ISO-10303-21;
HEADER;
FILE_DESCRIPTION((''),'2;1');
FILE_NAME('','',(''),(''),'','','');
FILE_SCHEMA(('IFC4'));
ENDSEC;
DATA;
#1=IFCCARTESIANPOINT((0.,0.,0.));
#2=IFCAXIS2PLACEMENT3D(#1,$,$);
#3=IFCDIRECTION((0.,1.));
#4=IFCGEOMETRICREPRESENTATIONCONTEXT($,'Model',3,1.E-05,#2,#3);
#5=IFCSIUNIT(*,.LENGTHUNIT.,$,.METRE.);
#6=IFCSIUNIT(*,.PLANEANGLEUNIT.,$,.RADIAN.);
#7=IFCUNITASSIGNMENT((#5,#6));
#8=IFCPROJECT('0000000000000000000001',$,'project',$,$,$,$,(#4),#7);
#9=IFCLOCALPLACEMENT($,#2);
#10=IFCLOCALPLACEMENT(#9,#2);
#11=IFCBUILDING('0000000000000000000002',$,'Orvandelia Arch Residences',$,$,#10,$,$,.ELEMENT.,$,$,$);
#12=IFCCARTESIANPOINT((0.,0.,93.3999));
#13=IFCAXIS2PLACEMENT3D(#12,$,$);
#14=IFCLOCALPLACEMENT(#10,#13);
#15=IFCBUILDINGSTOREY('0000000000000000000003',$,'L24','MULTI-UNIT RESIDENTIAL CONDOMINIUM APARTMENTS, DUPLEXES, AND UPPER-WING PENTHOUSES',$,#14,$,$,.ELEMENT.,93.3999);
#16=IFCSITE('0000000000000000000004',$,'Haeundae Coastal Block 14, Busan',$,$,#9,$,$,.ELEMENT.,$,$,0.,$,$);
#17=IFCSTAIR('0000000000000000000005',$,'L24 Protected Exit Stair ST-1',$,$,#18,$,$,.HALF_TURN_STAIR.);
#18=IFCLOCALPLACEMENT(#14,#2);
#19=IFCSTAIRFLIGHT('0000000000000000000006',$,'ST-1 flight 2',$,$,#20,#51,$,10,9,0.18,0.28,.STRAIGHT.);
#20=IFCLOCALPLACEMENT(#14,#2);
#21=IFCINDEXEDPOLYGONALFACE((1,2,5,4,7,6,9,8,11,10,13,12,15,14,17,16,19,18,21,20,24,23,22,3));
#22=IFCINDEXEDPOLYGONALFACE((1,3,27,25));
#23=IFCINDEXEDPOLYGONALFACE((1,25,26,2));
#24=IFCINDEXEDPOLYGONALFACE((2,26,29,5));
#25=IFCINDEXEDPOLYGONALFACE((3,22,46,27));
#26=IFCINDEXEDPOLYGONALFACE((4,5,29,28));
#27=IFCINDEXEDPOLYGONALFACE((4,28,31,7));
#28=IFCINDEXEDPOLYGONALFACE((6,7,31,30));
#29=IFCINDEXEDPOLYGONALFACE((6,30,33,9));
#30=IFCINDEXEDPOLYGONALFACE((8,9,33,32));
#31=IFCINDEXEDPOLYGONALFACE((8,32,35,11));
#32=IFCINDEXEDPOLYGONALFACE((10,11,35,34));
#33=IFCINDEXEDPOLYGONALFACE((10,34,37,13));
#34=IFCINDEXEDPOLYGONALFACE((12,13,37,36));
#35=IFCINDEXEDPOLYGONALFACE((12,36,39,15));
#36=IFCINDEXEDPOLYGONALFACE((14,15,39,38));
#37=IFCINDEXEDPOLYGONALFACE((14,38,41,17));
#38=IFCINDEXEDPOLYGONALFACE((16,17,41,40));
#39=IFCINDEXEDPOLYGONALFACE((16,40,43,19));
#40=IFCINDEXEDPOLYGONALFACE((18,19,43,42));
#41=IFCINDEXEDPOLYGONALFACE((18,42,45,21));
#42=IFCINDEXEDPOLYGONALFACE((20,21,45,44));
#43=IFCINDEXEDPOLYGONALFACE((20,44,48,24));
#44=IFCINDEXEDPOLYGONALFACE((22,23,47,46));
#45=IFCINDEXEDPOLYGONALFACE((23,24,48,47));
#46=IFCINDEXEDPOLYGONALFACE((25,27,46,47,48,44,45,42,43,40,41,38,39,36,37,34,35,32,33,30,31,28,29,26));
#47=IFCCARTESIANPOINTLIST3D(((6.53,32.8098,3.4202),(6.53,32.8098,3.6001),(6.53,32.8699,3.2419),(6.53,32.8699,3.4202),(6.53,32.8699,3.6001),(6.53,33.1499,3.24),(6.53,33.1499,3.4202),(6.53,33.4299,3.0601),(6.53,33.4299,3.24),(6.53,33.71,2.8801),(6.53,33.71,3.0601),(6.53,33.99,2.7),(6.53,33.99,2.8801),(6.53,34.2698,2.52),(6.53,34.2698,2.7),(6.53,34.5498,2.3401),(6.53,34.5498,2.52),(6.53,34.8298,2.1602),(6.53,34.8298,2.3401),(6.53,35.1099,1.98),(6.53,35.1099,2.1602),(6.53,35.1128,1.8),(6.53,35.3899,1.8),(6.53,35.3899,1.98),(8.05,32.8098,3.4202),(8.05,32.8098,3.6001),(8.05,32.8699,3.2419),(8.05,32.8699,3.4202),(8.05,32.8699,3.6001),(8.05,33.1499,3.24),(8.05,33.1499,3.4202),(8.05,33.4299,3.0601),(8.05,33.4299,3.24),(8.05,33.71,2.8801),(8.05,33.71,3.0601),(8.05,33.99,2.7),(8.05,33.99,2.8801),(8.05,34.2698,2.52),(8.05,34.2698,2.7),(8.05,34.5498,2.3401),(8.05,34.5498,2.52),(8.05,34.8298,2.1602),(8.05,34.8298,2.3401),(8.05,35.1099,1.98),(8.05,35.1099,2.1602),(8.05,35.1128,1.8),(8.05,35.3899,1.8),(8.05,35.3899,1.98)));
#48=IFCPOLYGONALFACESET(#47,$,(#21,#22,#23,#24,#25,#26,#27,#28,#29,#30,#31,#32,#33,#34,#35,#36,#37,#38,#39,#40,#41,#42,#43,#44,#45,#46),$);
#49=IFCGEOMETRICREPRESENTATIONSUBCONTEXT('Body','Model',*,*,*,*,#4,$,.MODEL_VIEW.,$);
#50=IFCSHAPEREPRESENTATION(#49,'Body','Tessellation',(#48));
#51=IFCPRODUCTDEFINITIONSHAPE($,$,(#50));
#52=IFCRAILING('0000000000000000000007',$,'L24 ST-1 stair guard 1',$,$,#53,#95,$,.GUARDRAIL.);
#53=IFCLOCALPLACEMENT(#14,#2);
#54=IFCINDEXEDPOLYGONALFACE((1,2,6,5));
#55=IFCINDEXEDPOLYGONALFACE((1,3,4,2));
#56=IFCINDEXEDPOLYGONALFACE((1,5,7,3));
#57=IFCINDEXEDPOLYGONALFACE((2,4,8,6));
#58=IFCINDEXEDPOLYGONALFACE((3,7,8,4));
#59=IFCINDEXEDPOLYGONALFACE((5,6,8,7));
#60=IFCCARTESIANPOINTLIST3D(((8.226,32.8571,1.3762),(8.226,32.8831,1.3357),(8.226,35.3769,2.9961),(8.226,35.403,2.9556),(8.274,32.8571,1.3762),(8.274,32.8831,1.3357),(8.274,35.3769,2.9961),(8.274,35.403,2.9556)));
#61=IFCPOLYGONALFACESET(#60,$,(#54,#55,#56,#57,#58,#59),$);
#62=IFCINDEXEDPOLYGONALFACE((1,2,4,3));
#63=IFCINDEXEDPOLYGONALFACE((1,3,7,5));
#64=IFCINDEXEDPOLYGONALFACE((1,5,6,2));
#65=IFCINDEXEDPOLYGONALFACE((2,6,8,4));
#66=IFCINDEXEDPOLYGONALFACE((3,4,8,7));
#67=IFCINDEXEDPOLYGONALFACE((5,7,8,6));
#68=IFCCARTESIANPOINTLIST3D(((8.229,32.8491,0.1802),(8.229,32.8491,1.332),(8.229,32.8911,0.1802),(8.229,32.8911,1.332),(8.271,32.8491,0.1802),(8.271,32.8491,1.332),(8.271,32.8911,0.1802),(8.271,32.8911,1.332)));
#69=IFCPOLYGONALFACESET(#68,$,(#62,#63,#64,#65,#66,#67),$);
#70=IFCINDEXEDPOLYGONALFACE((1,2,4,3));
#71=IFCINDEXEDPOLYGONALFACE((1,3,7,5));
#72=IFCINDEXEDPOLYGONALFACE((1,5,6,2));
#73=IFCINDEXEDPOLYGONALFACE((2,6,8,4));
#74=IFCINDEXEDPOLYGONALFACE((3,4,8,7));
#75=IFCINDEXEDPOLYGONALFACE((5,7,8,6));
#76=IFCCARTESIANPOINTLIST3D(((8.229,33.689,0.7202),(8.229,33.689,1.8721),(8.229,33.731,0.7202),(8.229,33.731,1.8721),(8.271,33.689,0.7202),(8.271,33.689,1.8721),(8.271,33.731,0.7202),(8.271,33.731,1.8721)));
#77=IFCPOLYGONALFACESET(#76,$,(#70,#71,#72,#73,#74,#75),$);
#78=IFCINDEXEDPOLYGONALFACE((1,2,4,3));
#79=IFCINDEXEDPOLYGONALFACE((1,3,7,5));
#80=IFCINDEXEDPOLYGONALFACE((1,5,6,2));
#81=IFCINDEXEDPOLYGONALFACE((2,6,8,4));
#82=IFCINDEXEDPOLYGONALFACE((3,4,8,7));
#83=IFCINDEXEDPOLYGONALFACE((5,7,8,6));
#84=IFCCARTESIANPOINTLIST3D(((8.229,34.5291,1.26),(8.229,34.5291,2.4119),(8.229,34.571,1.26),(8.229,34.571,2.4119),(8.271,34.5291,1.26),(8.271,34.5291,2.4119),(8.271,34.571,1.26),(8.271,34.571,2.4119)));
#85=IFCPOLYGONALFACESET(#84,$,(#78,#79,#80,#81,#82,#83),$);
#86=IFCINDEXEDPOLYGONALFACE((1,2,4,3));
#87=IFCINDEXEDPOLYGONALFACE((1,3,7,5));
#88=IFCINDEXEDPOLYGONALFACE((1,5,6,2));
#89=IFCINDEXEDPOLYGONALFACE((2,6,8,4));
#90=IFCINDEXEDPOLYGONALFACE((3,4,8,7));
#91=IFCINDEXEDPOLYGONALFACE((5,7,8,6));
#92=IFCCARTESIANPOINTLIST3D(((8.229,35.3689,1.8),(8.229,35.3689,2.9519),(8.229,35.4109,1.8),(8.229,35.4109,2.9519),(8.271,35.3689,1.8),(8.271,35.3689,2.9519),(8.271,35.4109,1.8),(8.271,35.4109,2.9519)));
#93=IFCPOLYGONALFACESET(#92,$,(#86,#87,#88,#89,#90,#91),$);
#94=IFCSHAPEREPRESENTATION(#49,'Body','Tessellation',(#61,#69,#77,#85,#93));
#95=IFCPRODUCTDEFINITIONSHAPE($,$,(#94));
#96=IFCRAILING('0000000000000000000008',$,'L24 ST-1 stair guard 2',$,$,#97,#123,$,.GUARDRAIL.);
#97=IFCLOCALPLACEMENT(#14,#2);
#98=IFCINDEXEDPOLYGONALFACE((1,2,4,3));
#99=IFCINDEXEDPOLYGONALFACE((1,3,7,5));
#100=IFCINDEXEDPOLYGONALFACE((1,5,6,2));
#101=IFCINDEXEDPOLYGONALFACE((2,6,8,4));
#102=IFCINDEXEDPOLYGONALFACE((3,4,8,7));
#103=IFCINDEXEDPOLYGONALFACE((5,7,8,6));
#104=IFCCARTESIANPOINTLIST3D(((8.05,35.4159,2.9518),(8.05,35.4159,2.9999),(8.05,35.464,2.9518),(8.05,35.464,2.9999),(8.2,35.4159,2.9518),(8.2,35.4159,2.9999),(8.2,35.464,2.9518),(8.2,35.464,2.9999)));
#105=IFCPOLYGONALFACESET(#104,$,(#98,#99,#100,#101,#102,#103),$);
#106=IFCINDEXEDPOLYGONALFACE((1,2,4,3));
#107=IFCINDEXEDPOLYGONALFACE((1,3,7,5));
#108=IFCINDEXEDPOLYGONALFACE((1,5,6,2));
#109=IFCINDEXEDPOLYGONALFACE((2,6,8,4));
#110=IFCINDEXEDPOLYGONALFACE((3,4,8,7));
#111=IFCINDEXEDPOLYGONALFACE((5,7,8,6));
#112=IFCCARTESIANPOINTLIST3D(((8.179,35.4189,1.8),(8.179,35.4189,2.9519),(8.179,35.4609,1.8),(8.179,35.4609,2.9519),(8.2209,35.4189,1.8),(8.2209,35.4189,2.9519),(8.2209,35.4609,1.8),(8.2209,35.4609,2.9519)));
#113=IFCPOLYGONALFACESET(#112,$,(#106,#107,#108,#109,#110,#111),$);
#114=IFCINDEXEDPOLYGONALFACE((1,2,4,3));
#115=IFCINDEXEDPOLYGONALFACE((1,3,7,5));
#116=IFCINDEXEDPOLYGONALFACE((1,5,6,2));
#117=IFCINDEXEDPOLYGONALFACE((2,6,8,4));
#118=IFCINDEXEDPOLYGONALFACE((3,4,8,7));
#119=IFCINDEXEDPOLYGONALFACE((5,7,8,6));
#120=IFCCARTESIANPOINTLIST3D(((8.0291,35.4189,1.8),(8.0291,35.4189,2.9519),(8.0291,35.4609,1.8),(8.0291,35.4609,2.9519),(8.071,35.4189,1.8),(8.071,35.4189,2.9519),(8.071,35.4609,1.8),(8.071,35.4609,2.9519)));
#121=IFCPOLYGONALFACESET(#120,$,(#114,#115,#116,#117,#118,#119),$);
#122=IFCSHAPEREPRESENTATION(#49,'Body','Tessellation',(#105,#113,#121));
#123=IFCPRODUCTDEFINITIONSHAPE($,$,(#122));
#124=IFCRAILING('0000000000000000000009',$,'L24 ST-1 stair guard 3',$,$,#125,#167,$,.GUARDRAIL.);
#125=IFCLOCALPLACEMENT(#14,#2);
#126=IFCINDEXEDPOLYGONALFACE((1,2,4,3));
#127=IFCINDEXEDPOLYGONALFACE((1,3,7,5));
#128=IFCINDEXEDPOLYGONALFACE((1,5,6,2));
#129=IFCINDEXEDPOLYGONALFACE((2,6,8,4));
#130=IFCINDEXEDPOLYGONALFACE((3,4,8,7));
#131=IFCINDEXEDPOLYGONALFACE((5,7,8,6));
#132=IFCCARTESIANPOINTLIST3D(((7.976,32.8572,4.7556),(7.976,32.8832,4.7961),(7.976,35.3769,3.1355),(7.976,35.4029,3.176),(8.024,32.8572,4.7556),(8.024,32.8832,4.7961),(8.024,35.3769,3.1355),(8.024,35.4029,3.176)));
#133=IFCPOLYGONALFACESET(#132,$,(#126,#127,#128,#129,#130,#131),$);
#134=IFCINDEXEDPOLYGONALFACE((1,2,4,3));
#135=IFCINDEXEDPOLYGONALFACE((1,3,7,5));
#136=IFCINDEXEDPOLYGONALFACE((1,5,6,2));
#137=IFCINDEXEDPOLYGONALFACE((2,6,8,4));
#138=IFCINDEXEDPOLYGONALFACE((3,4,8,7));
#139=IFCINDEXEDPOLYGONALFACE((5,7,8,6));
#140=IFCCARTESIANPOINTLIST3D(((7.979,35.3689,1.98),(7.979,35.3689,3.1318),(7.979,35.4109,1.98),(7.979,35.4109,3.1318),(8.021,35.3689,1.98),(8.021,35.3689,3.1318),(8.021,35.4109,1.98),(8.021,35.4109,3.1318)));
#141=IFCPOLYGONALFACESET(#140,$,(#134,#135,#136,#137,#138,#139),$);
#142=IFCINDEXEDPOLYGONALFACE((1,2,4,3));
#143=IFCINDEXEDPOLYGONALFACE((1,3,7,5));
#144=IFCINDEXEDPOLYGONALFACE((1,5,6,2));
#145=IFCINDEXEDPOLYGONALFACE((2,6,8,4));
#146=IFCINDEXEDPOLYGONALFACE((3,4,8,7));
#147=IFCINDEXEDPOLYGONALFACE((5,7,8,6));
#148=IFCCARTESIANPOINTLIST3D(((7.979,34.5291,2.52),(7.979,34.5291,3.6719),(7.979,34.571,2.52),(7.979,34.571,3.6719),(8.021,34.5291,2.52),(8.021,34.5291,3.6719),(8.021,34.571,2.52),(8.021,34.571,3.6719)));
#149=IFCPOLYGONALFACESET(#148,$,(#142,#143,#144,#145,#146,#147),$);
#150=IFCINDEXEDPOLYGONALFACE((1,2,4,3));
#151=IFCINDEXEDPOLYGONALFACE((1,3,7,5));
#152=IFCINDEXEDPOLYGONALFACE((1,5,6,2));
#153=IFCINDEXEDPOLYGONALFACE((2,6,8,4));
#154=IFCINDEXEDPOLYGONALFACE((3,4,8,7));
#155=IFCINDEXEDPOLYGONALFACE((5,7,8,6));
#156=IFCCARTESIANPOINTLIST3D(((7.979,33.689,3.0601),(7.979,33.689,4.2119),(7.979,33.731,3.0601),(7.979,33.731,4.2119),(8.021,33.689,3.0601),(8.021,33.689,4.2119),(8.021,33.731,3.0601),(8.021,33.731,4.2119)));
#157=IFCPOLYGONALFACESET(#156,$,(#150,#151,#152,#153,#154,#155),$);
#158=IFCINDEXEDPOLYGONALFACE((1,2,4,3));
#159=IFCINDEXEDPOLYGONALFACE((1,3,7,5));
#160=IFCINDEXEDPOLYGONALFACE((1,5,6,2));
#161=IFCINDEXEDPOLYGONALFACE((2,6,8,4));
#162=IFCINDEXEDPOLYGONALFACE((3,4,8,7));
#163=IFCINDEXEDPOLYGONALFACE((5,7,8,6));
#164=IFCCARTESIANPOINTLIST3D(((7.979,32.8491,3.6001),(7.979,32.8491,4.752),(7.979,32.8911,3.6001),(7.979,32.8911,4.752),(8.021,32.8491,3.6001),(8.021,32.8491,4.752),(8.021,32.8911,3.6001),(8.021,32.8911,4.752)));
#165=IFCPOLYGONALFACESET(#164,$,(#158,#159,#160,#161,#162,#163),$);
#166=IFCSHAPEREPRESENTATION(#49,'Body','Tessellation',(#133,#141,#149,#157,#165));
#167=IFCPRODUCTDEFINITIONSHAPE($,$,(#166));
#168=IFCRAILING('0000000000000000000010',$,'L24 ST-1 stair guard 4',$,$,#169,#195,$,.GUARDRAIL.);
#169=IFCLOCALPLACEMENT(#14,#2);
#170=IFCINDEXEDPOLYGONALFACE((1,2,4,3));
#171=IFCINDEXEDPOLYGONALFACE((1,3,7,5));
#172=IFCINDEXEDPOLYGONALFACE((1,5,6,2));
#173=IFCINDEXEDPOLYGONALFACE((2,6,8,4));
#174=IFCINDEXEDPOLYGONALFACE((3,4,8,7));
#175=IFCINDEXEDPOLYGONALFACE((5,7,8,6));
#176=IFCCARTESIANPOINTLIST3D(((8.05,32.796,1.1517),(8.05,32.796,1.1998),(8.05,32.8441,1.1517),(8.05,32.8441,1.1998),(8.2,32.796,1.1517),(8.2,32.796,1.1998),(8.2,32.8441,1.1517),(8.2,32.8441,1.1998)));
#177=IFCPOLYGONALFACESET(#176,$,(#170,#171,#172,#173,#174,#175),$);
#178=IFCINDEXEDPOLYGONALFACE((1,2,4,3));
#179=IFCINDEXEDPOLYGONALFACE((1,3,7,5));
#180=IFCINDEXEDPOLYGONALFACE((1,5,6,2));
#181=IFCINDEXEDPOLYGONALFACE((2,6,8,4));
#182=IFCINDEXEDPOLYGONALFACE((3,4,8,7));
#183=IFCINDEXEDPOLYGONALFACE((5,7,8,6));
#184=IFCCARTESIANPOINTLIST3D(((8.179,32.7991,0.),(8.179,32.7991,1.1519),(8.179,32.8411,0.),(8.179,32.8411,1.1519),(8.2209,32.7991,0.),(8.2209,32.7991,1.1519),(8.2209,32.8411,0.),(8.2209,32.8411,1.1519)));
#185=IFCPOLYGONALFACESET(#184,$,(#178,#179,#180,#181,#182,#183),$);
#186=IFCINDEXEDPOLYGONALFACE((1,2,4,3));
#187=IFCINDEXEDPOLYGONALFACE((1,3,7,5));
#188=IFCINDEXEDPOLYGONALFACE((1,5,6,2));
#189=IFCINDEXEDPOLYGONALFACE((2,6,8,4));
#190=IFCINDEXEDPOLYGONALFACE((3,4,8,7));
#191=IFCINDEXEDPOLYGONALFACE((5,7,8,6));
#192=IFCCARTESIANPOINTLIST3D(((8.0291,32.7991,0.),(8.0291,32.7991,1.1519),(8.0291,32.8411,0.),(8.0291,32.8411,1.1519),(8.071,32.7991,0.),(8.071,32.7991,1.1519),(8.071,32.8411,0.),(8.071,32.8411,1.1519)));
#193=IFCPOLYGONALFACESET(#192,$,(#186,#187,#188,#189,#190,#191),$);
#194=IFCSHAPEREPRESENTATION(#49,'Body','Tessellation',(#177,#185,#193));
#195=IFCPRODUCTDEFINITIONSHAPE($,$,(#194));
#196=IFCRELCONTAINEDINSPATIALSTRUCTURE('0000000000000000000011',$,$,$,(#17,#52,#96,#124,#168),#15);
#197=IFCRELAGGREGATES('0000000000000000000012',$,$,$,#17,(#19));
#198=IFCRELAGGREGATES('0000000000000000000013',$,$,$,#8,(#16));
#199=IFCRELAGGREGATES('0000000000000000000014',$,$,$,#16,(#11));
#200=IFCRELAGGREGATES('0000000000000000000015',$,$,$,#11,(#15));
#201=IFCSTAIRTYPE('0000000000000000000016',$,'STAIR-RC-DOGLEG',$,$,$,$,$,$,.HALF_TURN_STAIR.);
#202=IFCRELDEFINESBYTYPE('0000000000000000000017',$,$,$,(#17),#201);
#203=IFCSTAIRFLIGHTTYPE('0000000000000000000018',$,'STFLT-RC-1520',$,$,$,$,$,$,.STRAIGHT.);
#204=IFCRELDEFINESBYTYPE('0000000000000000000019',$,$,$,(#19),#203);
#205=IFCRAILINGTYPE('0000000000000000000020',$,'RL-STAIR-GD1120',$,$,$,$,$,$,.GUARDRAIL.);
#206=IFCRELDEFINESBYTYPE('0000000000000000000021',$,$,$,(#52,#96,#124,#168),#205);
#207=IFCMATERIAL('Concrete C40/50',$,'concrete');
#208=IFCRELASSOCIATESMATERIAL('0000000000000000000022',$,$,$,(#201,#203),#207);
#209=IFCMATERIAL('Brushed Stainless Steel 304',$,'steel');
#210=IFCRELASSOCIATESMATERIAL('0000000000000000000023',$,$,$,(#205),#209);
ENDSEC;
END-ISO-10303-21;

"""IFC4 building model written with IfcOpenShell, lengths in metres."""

from ifc_helpers import new_model, si_unit, direction, frame, origin, origin_2d, place, context, subcontext, project, spatial, polyline, rectangle, outline, extrude, material, type_object, element, aggregate, save


model = new_model("IFC4")

# Units and contexts
model_context = context("Model", 3, precision=1e-05, world=origin(), true_north=direction((0.0, 1.0)))
body_context = subcontext(model_context, "Body", "Model", "MODEL_VIEW")
ifc_project = project(units=[si_unit("LENGTHUNIT", "METRE"), si_unit("PLANEANGLEUNIT", "RADIAN")], contexts=[model_context])

# Site, building, storey
site_placement = place(None, origin())
site = spatial("IfcSite", under=ifc_project, at=site_placement, Name="Haeundae Coastal Block 14, Busan", CompositionType="ELEMENT", RefElevation=0.0)
building_placement = place(site_placement, origin())
building = spatial("IfcBuilding", under=site, at=building_placement, Name="Orvandelia Arch Residences", CompositionType="ELEMENT")
storey_placement = place(building_placement, frame((0.0, 0.0, 93.3999)))
storey = spatial("IfcBuildingStorey", under=building, at=storey_placement, Name="L24", Description="MULTI-UNIT RESIDENTIAL CONDOMINIUM APARTMENTS, DUPLEXES, AND UPPER-WING PENTHOUSES", CompositionType="ELEMENT", Elevation=93.3999)

# Stair, stair flight
ifc_material_1 = material(Name="Concrete C40/50", Category="concrete")
stair_type = type_object("IfcStairType", Name="STAIR-RC-DOGLEG", PredefinedType="HALF_TURN_STAIR", material=ifc_material_1)
stair_placement = place(storey_placement, origin())
stair = element("IfcStair", 1, at=stair_placement, inside=storey, type_object=stair_type, Name="L24 Protected Exit Stair ST-1", PredefinedType="HALF_TURN_STAIR")
stair_flight_type = type_object("IfcStairFlightType", Name="STFLT-RC-1520", PredefinedType="STRAIGHT", material=ifc_material_1)
stair_flight_1_placement = place(storey_placement, frame((7.29, 35.3899, 1.8), z_axis=(0.0, 0.0, 1.0), x_axis=(0.0, -1.0, 0.0)))
stair_flight_1 = element("IfcStairFlight", 2, at=stair_flight_1_placement, type_object=stair_flight_type, Name="ST-1 flight 2", NumberOfRisers=10, NumberOfTreads=9, PredefinedType="STRAIGHT", RiserHeight=0.18, TreadLength=0.28, context=body_context, shape_type="SweptSolid", body=[
    extrude(outline(polyline([(0.0, 0.0), (0.0, 0.1799), (0.28, 0.1799), (0.28, 0.3601), (0.5601, 0.3601), (0.5601, 0.54), (0.8401, 0.54), (0.8401, 0.72), (1.1201, 0.72), (1.1201, 0.8999), (1.3999, 0.8999), (1.3999, 1.0801), (1.6799, 1.0801), (1.6799, 1.26), (1.96, 1.26), (1.96, 1.4399), (2.24, 1.4399), (2.24, 1.6201), (2.52, 1.6201), (2.52, 1.8), (2.5801, 1.8), (2.5801, 1.6201), (2.52, 1.4419), (0.2771, 0.0), (0.0, 0.0)])), frame((0.0, 0.76, 0.0), z_axis=(0.0, -1.0, 0.0), x_axis=(1.0, 0.0, 0.0)), (0.0, 0.0, 1.0), 1.52),
])
aggregate(stair, [stair_flight_1])

# Railings
ifc_material_2 = material(Name="Brushed Stainless Steel 304", Category="steel")
railing_type_1 = type_object("IfcRailingType", Name="RL-STAIR-GD1120", PredefinedType="GUARDRAIL", material=ifc_material_2)
railing_1_placement = place(storey_placement, frame((8.25, 32.8701, 0.1802)))
element("IfcRailing", 3, at=railing_1_placement, inside=storey, type_object=railing_type_1, Name="L24 ST-1 stair guard 1", PredefinedType="GUARDRAIL", context=body_context, shape_type="SweptSolid", body=[
    extrude(rectangle(XDim=0.0481, YDim=0.0481, at=origin_2d()), frame((0.0, 0.0, 1.1758), z_axis=(0.0, 0.841176, 0.540762), x_axis=(-1.0, 0.0, 0.0)), (0.0, 0.0, 1.0), 2.9956),
    extrude(rectangle(XDim=0.042, YDim=0.042, at=origin_2d()), origin(), (0.0, 0.0, 1.0), 1.1519),
    extrude(rectangle(XDim=0.042, YDim=0.042, at=origin_2d()), frame((0.0, 0.8398, 0.54)), (0.0, 0.0, 1.0), 1.1519),
    extrude(rectangle(XDim=0.042, YDim=0.042, at=origin_2d()), frame((0.0, 1.6799, 1.0798)), (0.0, 0.0, 1.0), 1.1519),
    extrude(rectangle(XDim=0.042, YDim=0.042, at=origin_2d()), frame((0.0, 2.5198, 1.6199)), (0.0, 0.0, 1.0), 1.1519),
])
railing_2_placement = place(storey_placement, frame((8.2, 35.4399, 1.8)))
element("IfcRailing", 4, at=railing_2_placement, inside=storey, type_object=railing_type_1, Name="L24 ST-1 stair guard 2", PredefinedType="GUARDRAIL", context=body_context, shape_type="SweptSolid", body=[
    extrude(rectangle(XDim=0.0481, YDim=0.0481, at=origin_2d()), frame((0.0, 0.0, 1.1758), z_axis=(-1.0, 0.0, 0.0), x_axis=(0.0, -1.0, 0.0)), (0.0, 0.0, 1.0), 0.1499),
    extrude(rectangle(XDim=0.042, YDim=0.042, at=origin_2d()), origin(), (0.0, 0.0, 1.0), 1.1519),
    extrude(rectangle(XDim=0.042, YDim=0.042, at=origin_2d()), frame((-0.1499, 0.0, 0.0)), (0.0, 0.0, 1.0), 1.1519),
])
railing_3_placement = place(storey_placement, frame((8.0, 35.3899, 1.98)))
element("IfcRailing", 5, at=railing_3_placement, inside=storey, type_object=railing_type_1, Name="L24 ST-1 stair guard 3", PredefinedType="GUARDRAIL", context=body_context, shape_type="SweptSolid", body=[
    extrude(rectangle(XDim=0.0481, YDim=0.0481, at=origin_2d()), frame((0.0, 0.0, 1.1758), z_axis=(0.0, -0.841139, 0.540819), x_axis=(1.0, 0.0, 0.0)), (0.0, 0.0, 1.0), 2.9956),
    extrude(rectangle(XDim=0.042, YDim=0.042, at=origin_2d()), origin(), (0.0, 0.0, 1.0), 1.1519),
    extrude(rectangle(XDim=0.042, YDim=0.042, at=origin_2d()), frame((0.0, -0.8398, 0.54)), (0.0, 0.0, 1.0), 1.1519),
    extrude(rectangle(XDim=0.042, YDim=0.042, at=origin_2d()), frame((0.0, -1.6799, 1.0801)), (0.0, 0.0, 1.0), 1.1519),
    extrude(rectangle(XDim=0.042, YDim=0.042, at=origin_2d()), frame((0.0, -2.5198, 1.6201)), (0.0, 0.0, 1.0), 1.1519),
])
railing_4_placement = place(storey_placement, frame((8.2, 32.8201, 0.0)))
element("IfcRailing", 6, at=railing_4_placement, inside=storey, type_object=railing_type_1, Name="L24 ST-1 stair guard 4", PredefinedType="GUARDRAIL", context=body_context, shape_type="SweptSolid", body=[
    extrude(rectangle(XDim=0.0481, YDim=0.0481, at=origin_2d()), frame((0.0, 0.0, 1.1758), z_axis=(-1.0, 0.0, 0.0), x_axis=(0.0, -1.0, 0.0)), (0.0, 0.0, 1.0), 0.1499),
    extrude(rectangle(XDim=0.042, YDim=0.042, at=origin_2d()), origin(), (0.0, 0.0, 1.0), 1.1519),
    extrude(rectangle(XDim=0.042, YDim=0.042, at=origin_2d()), frame((-0.1499, 0.0, 0.0)), (0.0, 0.0, 1.0), 1.1519),
])

save(model, "model.ifc")
